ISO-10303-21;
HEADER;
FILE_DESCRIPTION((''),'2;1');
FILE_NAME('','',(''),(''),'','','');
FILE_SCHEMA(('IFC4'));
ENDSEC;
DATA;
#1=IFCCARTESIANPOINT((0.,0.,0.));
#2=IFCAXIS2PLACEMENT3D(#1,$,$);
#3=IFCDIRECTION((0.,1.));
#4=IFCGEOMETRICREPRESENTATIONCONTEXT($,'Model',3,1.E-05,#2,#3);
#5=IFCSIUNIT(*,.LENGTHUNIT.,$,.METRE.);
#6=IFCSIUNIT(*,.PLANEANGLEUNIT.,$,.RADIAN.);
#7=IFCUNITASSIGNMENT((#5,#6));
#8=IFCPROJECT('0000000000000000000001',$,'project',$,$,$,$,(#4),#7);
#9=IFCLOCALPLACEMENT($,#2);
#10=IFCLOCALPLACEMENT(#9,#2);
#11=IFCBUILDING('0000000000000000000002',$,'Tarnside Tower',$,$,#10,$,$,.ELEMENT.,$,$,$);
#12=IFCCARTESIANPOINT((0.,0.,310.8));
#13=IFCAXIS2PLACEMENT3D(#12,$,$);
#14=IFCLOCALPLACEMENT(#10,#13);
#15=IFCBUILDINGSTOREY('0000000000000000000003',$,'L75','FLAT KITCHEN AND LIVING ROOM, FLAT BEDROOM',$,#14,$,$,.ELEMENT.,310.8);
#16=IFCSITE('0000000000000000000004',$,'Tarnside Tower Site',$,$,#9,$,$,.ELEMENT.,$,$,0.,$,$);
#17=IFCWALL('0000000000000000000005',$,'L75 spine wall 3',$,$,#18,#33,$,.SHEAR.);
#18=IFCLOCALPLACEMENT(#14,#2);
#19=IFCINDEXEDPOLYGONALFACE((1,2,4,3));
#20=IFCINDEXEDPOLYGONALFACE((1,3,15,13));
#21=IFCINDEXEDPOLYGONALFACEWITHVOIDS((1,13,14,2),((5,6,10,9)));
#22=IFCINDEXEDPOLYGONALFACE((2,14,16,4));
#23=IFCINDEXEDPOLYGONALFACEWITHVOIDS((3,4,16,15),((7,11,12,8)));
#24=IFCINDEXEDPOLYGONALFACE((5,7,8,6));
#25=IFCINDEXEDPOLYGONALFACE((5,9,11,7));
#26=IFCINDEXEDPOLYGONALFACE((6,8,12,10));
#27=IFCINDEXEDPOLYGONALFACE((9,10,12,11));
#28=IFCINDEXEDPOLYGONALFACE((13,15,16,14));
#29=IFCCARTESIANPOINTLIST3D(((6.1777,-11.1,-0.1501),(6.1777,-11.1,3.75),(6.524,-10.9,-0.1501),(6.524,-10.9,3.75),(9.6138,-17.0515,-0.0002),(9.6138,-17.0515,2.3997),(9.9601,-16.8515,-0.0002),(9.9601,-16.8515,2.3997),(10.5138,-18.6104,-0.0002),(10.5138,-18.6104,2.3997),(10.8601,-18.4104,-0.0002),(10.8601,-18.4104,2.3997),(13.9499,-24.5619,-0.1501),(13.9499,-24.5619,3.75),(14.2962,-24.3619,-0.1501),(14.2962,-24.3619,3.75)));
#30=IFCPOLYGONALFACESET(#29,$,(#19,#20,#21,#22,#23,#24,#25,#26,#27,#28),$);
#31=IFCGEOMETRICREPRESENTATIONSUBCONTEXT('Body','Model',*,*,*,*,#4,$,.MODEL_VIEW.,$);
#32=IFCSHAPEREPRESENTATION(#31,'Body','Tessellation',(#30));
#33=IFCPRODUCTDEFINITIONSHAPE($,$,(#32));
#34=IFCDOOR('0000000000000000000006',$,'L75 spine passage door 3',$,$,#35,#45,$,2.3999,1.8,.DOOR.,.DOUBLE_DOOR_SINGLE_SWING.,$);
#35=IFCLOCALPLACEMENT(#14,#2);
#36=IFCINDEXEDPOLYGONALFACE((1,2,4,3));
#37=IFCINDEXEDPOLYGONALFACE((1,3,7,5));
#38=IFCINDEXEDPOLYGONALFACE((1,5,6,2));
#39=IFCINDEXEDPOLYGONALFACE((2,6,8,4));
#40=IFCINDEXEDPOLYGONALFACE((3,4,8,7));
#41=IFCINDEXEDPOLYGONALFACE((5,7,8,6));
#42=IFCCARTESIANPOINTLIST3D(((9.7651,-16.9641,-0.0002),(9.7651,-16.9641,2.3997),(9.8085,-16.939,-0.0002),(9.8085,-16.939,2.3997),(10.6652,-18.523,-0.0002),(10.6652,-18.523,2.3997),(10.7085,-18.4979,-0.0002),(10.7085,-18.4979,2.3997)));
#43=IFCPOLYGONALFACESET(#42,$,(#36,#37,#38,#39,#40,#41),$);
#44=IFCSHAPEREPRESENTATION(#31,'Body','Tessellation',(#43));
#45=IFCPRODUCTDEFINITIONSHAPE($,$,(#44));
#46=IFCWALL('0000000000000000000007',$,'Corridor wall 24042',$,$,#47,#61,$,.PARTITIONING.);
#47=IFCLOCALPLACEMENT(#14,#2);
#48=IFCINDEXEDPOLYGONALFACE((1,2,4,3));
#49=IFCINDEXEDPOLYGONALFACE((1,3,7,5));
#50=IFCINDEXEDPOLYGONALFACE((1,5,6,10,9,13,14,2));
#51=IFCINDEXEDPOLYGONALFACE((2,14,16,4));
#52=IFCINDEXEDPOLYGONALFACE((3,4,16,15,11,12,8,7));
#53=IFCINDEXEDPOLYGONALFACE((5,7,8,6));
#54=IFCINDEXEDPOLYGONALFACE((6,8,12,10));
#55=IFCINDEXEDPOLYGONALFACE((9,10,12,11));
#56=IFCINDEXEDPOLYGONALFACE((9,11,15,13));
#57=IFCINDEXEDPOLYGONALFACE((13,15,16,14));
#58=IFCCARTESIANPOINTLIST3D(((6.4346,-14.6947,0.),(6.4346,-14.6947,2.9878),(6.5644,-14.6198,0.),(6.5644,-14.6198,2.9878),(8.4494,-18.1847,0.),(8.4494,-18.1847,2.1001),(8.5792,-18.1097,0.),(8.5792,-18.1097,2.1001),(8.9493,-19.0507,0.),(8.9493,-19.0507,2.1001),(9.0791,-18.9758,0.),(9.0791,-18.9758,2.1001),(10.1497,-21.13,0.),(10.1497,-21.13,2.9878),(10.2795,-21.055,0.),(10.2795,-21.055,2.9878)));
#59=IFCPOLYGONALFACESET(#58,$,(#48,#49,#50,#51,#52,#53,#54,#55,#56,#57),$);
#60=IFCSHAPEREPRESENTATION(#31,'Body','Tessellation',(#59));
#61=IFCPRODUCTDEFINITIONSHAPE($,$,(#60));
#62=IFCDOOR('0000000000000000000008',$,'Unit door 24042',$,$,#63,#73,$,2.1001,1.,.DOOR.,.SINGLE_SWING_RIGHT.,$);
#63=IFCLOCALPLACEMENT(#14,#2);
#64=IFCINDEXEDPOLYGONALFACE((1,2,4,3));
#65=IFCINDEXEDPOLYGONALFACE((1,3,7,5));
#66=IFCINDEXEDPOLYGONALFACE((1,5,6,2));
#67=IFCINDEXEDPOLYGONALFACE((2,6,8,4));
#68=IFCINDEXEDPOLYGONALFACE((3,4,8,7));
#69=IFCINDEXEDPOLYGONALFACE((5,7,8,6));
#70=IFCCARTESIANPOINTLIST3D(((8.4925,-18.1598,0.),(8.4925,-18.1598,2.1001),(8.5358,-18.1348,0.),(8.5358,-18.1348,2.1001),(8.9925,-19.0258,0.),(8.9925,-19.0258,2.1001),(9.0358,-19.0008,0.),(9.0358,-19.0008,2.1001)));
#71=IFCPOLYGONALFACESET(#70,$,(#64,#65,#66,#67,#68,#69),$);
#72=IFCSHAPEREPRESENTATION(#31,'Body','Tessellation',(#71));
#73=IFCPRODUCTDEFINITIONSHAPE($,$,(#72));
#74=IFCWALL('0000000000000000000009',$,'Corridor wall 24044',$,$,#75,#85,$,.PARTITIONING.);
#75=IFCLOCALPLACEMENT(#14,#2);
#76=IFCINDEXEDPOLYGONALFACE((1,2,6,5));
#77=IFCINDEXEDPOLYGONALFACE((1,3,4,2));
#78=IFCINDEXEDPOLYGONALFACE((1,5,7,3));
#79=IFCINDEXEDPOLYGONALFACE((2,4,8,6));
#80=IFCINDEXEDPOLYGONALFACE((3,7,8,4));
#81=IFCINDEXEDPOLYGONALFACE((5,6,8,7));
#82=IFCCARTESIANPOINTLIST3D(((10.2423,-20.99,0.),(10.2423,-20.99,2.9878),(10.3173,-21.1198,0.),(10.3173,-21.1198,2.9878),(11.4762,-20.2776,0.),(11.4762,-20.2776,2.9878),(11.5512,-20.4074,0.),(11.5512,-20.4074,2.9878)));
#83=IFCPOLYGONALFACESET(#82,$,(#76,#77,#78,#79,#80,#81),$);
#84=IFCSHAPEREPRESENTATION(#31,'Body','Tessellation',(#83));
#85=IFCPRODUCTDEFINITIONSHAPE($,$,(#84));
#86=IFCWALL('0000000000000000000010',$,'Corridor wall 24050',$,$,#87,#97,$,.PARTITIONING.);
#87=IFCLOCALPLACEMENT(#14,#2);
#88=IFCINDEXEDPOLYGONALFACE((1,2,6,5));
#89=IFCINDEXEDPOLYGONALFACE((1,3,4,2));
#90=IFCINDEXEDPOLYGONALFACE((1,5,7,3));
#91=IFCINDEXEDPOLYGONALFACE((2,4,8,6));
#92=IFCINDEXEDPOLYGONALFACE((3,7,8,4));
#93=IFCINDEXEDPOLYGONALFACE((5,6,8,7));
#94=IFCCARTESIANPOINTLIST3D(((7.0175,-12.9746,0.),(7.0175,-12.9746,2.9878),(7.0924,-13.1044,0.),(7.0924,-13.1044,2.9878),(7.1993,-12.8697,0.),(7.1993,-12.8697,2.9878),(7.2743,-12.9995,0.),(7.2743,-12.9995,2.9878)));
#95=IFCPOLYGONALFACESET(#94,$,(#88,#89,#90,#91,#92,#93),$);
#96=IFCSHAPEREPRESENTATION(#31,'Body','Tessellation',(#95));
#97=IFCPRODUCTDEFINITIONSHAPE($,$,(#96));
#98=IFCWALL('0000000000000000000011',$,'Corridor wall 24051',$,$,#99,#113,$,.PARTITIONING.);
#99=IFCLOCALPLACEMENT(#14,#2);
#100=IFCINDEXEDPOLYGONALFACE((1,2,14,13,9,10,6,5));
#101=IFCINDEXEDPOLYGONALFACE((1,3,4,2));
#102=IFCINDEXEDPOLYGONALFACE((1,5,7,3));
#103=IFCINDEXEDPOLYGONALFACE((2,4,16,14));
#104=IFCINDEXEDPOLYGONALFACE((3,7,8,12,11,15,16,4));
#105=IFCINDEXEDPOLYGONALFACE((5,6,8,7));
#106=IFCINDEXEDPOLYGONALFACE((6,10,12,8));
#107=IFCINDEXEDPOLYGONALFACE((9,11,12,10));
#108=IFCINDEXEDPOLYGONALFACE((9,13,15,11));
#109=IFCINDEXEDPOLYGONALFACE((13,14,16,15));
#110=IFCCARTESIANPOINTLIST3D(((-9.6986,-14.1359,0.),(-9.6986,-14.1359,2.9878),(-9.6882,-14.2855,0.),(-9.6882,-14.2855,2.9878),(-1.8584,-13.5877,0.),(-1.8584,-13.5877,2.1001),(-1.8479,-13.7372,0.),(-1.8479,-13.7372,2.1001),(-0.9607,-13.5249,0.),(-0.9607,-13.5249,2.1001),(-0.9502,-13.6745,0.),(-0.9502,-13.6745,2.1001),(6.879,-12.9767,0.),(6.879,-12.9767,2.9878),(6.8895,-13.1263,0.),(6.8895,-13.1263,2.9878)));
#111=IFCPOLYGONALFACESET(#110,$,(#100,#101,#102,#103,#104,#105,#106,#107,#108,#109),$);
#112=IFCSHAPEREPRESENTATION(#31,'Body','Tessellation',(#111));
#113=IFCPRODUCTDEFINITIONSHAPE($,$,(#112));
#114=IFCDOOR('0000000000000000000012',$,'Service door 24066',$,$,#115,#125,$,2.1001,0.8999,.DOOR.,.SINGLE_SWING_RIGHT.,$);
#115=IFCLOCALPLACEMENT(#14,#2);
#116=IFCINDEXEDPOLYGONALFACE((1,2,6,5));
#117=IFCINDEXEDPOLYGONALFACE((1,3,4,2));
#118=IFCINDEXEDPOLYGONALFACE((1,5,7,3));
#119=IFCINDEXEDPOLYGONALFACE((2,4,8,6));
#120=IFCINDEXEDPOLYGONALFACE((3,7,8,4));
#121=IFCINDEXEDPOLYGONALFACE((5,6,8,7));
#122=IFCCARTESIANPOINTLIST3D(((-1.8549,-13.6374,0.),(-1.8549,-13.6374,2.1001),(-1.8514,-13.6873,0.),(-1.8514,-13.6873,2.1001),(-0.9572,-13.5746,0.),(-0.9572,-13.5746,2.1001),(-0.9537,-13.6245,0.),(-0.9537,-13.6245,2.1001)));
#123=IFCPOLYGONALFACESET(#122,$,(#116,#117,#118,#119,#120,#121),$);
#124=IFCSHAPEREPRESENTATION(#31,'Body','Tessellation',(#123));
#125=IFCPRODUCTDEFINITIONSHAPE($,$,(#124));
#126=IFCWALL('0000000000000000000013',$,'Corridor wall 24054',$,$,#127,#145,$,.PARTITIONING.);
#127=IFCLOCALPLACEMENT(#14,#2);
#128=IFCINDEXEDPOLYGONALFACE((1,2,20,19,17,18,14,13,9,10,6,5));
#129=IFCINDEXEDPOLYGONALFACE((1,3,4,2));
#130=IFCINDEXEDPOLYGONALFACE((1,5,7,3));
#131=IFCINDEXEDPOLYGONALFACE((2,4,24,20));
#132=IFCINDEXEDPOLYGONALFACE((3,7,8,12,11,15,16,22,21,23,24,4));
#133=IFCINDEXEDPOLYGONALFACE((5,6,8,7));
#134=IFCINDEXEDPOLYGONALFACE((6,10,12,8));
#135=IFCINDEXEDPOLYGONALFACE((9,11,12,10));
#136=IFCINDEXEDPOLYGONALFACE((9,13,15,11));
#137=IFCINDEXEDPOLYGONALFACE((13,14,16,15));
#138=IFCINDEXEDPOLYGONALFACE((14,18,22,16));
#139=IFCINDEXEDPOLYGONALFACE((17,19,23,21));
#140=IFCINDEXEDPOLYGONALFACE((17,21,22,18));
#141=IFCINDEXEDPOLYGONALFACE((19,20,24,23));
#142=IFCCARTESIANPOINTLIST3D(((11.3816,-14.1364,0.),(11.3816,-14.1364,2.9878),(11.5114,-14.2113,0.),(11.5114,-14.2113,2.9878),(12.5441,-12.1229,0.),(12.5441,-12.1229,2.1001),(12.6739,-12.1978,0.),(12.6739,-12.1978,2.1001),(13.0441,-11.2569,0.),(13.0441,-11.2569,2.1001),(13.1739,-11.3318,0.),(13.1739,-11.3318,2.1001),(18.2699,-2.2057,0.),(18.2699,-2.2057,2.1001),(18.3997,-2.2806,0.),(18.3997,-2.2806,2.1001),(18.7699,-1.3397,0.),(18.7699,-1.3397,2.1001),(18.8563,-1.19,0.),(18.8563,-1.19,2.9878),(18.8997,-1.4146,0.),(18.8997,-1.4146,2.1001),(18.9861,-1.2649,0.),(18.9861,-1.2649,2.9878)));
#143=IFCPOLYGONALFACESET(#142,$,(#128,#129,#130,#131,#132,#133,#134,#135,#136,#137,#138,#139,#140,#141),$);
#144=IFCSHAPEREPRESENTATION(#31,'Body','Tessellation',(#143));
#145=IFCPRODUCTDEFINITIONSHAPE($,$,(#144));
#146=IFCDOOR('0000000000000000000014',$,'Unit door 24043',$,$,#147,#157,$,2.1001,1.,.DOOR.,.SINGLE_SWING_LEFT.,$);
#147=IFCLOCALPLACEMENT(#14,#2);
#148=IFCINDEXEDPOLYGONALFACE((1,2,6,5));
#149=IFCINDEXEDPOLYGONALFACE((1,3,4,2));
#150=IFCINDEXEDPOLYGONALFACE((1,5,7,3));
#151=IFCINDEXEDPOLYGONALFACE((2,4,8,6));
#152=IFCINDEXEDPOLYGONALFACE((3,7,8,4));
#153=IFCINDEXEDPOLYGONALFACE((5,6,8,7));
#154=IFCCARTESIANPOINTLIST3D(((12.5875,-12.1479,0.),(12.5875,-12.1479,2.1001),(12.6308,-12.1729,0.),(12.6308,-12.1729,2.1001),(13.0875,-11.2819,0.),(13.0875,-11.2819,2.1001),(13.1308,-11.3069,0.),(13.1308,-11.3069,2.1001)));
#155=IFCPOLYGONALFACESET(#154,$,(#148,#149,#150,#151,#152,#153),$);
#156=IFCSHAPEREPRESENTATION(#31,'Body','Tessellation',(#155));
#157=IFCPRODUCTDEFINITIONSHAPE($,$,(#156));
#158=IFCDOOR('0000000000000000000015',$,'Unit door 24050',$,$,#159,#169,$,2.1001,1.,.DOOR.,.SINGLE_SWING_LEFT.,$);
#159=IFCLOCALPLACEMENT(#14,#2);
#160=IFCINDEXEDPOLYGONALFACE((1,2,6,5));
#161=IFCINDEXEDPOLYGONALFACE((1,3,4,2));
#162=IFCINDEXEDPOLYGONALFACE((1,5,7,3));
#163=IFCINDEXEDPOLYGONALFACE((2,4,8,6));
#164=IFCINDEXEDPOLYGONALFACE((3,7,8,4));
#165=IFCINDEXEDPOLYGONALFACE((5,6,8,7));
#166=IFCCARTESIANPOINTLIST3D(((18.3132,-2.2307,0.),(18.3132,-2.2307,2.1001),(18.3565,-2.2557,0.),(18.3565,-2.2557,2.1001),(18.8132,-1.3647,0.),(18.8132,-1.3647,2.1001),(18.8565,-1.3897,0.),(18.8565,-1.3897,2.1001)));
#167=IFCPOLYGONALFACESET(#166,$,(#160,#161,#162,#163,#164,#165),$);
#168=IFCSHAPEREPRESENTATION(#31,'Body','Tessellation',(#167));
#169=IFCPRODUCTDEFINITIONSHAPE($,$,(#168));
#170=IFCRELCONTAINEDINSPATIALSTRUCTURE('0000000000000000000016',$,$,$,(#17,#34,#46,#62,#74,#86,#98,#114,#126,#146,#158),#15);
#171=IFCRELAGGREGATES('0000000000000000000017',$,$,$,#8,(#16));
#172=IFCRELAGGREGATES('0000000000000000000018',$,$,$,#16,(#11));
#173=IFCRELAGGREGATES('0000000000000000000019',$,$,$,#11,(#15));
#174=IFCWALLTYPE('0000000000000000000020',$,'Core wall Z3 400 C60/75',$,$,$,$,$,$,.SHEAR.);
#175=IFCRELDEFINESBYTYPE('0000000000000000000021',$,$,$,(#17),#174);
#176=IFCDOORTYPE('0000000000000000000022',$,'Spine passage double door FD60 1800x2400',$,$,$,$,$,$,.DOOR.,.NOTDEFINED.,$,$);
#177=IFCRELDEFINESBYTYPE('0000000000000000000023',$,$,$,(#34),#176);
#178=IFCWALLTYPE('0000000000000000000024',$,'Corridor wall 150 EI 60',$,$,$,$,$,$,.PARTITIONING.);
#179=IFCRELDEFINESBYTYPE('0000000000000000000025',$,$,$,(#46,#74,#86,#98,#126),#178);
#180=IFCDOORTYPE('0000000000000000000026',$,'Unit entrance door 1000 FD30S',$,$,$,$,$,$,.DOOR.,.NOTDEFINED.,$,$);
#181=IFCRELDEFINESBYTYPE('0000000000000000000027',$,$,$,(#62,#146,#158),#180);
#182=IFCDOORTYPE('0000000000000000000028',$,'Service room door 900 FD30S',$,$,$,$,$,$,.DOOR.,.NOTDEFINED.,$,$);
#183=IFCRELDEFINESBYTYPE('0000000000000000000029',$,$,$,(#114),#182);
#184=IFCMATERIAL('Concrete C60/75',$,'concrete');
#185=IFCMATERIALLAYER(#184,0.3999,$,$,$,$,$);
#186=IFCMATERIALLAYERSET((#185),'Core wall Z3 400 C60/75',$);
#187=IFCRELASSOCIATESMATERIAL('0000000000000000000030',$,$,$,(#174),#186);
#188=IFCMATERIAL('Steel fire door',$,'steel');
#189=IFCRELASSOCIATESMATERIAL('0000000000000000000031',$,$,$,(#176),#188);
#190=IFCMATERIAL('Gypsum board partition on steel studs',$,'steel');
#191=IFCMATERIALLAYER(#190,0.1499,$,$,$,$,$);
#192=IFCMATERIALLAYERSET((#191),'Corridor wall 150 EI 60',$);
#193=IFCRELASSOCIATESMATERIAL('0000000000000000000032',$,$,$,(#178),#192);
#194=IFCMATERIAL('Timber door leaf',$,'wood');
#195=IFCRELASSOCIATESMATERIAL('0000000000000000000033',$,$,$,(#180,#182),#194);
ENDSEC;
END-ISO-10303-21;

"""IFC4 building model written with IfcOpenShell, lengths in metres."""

from ifc_helpers import new_model, si_unit, direction, frame, frame_2d, origin, place, context, subcontext, project, spatial, rectangle, extrude, material, layer, layer_set, type_object, element, fill, save


model = new_model("IFC4")

# Units and contexts
model_context = context("Model", 3, precision=1e-05, world=origin(), true_north=direction((0.0, 1.0)))
body_context = subcontext(model_context, "Body", "Model", "MODEL_VIEW")
ifc_project = project(units=[si_unit("LENGTHUNIT", "METRE"), si_unit("PLANEANGLEUNIT", "RADIAN")], contexts=[model_context])

# Site, building, storey
site_placement = place(None, origin())
site = spatial("IfcSite", under=ifc_project, at=site_placement, Name="Tarnside Tower Site", CompositionType="ELEMENT", RefElevation=0.0)
building_placement = place(site_placement, origin())
building = spatial("IfcBuilding", under=site, at=building_placement, Name="Tarnside Tower", CompositionType="ELEMENT")
storey_placement = place(building_placement, frame((0.0, 0.0, 310.8)))
storey = spatial("IfcBuildingStorey", under=building, at=storey_placement, Name="L75", Description="FLAT KITCHEN AND LIVING ROOM, FLAT BEDROOM", CompositionType="ELEMENT", Elevation=310.8)

# Walls, openings, doors
ifc_material_1 = material(Name="Concrete C60/75", Category="concrete")
ifc_layer_1 = layer(ifc_material_1, 0.3999)
ifc_layer_set_1 = layer_set([ifc_layer_1], Name="Core wall Z3 400 C60/75")
wall_type_1 = type_object("IfcWallType", Name="Core wall Z3 400 C60/75", PredefinedType="SHEAR", material=ifc_layer_set_1)
wall_1_placement = place(storey_placement, frame((6.3508, -11.0, -0.1501), z_axis=(0.0, 0.0, 1.0), x_axis=(0.499999, -0.866026, 0.0)))
wall_1 = element("IfcWall", 1, at=wall_1_placement, inside=storey, type_object=wall_type_1, Name="L75 spine wall 3", PredefinedType="SHEAR", context=body_context, shape_type="SweptSolid", body=[
    extrude(rectangle(XDim=15.5444, YDim=0.3999, at=frame_2d((7.7722, 0.0))), origin(), (0.0, 0.0, 1.0), 3.9001),
])
opening_1_placement = place(wall_1_placement, frame((6.8723, 0.0, 0.1499)))
opening_1 = element("IfcOpeningElement", 2, at=opening_1_placement, cuts=wall_1, PredefinedType="OPENING", context=body_context, shape_type="SweptSolid", body=[
    extrude(rectangle(XDim=1.8, YDim=2.3999, at=frame_2d((0.8999, 1.2))), frame((0.0, 0.21, 0.0), z_axis=(0.0, -1.0, 0.0), x_axis=(1.0, 0.0, 0.0)), (0.0, 0.0, 1.0), 0.4199),
])
ifc_material_2 = material(Name="Steel fire door", Category="steel")
door_type_1 = type_object("IfcDoorType", Name="Spine passage double door FD60 1800x2400", OperationType="NOTDEFINED", PredefinedType="DOOR", material=ifc_material_2)
door_1_placement = place(opening_1_placement, origin())
door_1 = element("IfcDoor", 3, at=door_1_placement, inside=storey, type_object=door_type_1, Name="L75 spine passage door 3", OperationType="DOUBLE_DOOR_SINGLE_SWING", OverallHeight=2.3999, OverallWidth=1.8, PredefinedType="DOOR", context=body_context, shape_type="SweptSolid", body=[
    extrude(rectangle(XDim=1.8, YDim=2.3999, at=frame_2d((0.8999, 1.2))), frame((0.0, 0.0249, 0.0), z_axis=(0.0, -1.0, 0.0), x_axis=(1.0, 0.0, 0.0)), (0.0, 0.0, 1.0), 0.05),
])
fill(opening_1, door_1)
ifc_material_3 = material(Name="Gypsum board partition on steel studs", Category="steel")
ifc_layer_2 = layer(ifc_material_3, 0.1499)
ifc_layer_set_2 = layer_set([ifc_layer_2], Name="Corridor wall 150 EI 60")
wall_type_2 = type_object("IfcWallType", Name="Corridor wall 150 EI 60", PredefinedType="PARTITIONING", material=ifc_layer_set_2)
wall_2_placement = place(storey_placement, frame((6.4995, -14.6572, 0.0), z_axis=(0.0, 0.0, 1.0), x_axis=(0.499966, -0.866045, 0.0)))
wall_2 = element("IfcWall", 4, at=wall_2_placement, inside=storey, type_object=wall_type_2, Name="Corridor wall 24042", PredefinedType="PARTITIONING", context=body_context, shape_type="SweptSolid", body=[
    extrude(rectangle(XDim=7.4307, YDim=0.1499, at=frame_2d((3.7153, 0.0))), origin(), (0.0, 0.0, 1.0), 2.9878),
])
opening_2_placement = place(wall_2_placement, frame((4.0298, 0.0, 0.0)))
opening_2 = element("IfcOpeningElement", 5, at=opening_2_placement, cuts=wall_2, PredefinedType="OPENING", context=body_context, shape_type="SweptSolid", body=[
    extrude(rectangle(XDim=1.0, YDim=2.1001, at=frame_2d((0.5, 1.05))), frame((0.0, 0.085, 0.0), z_axis=(0.0, -1.0, 0.0), x_axis=(1.0, 0.0, 0.0)), (0.0, 0.0, 1.0), 0.1699),
])
ifc_material_4 = material(Name="Timber door leaf", Category="wood")
door_type_2 = type_object("IfcDoorType", Name="Unit entrance door 1000 FD30S", OperationType="NOTDEFINED", PredefinedType="DOOR", material=ifc_material_4)
door_2_placement = place(opening_2_placement, origin())
door_2 = element("IfcDoor", 6, at=door_2_placement, inside=storey, type_object=door_type_2, Name="Unit door 24042", OperationType="SINGLE_SWING_RIGHT", OverallHeight=2.1001, OverallWidth=1.0, PredefinedType="DOOR", context=body_context, shape_type="SweptSolid", body=[
    extrude(rectangle(XDim=1.0, YDim=2.1001, at=frame_2d((0.5, 1.05))), frame((0.0, 0.0249, 0.0), z_axis=(0.0, -1.0, 0.0), x_axis=(1.0, 0.0, 0.0)), (0.0, 0.0, 1.0), 0.05),
])
fill(opening_2, door_2)

# Walls
wall_3_placement = place(storey_placement, frame((10.2798, -21.0549, 0.0), z_axis=(0.0, 0.0, 1.0), x_axis=(0.86602, 0.500009, 0.0)))
element("IfcWall", 7, at=wall_3_placement, inside=storey, type_object=wall_type_2, Name="Corridor wall 24044", PredefinedType="PARTITIONING", context=body_context, shape_type="SweptSolid", body=[
    extrude(rectangle(XDim=1.4248, YDim=0.1499, at=frame_2d((0.7124, 0.0))), origin(), (0.0, 0.0, 1.0), 2.9878),
])
wall_4_placement = place(storey_placement, frame((7.2368, -12.9346, 0.0), z_axis=(0.0, 0.0, 1.0), x_axis=(-0.866089, -0.49989, 0.0)))
element("IfcWall", 8, at=wall_4_placement, inside=storey, type_object=wall_type_2, Name="Corridor wall 24050", PredefinedType="PARTITIONING", context=body_context, shape_type="SweptSolid", body=[
    extrude(rectangle(XDim=0.21, YDim=0.1499, at=frame_2d((0.105, 0.0))), origin(), (0.0, 0.0, 1.0), 2.9878),
])

# Wall, opening, door
wall_5_placement = place(storey_placement, frame((6.8843, -13.0515, 0.0), z_axis=(0.0, 0.0, 1.0), x_axis=(-0.997564, -0.069754, 0.0)))
wall_5 = element("IfcWall", 9, at=wall_5_placement, inside=storey, type_object=wall_type_2, Name="Corridor wall 24051", PredefinedType="PARTITIONING", context=body_context, shape_type="SweptSolid", body=[
    extrude(rectangle(XDim=16.6182, YDim=0.1499, at=frame_2d((8.3091, 0.0))), origin(), (0.0, 0.0, 1.0), 2.9878),
])
opening_3_placement = place(wall_5_placement, frame((7.8589, 0.0, 0.0)))
opening_3 = element("IfcOpeningElement", 10, at=opening_3_placement, cuts=wall_5, PredefinedType="OPENING", context=body_context, shape_type="SweptSolid", body=[
    extrude(rectangle(XDim=0.8999, YDim=2.1001, at=frame_2d((0.45, 1.05))), frame((0.0, 0.085, 0.0), z_axis=(0.0, -1.0, 0.0), x_axis=(1.0, 0.0, 0.0)), (0.0, 0.0, 1.0), 0.1699),
])
door_type_3 = type_object("IfcDoorType", Name="Service room door 900 FD30S", OperationType="NOTDEFINED", PredefinedType="DOOR", material=ifc_material_4)
door_3_placement = place(opening_3_placement, origin())
door_3 = element("IfcDoor", 11, at=door_3_placement, inside=storey, type_object=door_type_3, Name="Service door 24066", OperationType="SINGLE_SWING_RIGHT", OverallHeight=2.1001, OverallWidth=0.8999, PredefinedType="DOOR", context=body_context, shape_type="SweptSolid", body=[
    extrude(rectangle(XDim=0.8999, YDim=2.1001, at=frame_2d((0.45, 1.05))), frame((0.0, 0.0249, 0.0), z_axis=(0.0, -1.0, 0.0), x_axis=(1.0, 0.0, 0.0)), (0.0, 0.0, 1.0), 0.05),
])
fill(opening_3, door_3)

# Wall, openings, doors
wall_6_placement = place(storey_placement, frame((11.4465, -14.1738, 0.0), z_axis=(0.0, 0.0, 1.0), x_axis=(0.500003, 0.866023, 0.0)))
wall_6 = element("IfcWall", 12, at=wall_6_placement, inside=storey, type_object=wall_type_2, Name="Corridor wall 24054", PredefinedType="PARTITIONING", context=body_context, shape_type="SweptSolid", body=[
    extrude(rectangle(XDim=14.9492, YDim=0.1499, at=frame_2d((7.4746, 0.0))), origin(), (0.0, 0.0, 1.0), 2.9878),
])
opening_4_placement = place(wall_6_placement, frame((2.325, 0.0, 0.0)))
opening_4 = element("IfcOpeningElement", 13, at=opening_4_placement, cuts=wall_6, PredefinedType="OPENING", context=body_context, shape_type="SweptSolid", body=[
    extrude(rectangle(XDim=1.0, YDim=2.1001, at=frame_2d((0.5, 1.05))), frame((0.0, 0.085, 0.0), z_axis=(0.0, -1.0, 0.0), x_axis=(1.0, 0.0, 0.0)), (0.0, 0.0, 1.0), 0.1699),
])
opening_5_placement = place(wall_6_placement, frame((13.7764, 0.0, 0.0)))
opening_5 = element("IfcOpeningElement", 14, at=opening_5_placement, cuts=wall_6, PredefinedType="OPENING", context=body_context, shape_type="SweptSolid", body=[
    extrude(rectangle(XDim=1.0, YDim=2.1001, at=frame_2d((0.5, 1.05))), frame((0.0, 0.085, 0.0), z_axis=(0.0, -1.0, 0.0), x_axis=(1.0, 0.0, 0.0)), (0.0, 0.0, 1.0), 0.1699),
])
door_4_placement = place(opening_4_placement, origin())
door_4 = element("IfcDoor", 15, at=door_4_placement, inside=storey, type_object=door_type_2, Name="Unit door 24043", OperationType="SINGLE_SWING_LEFT", OverallHeight=2.1001, OverallWidth=1.0, PredefinedType="DOOR", context=body_context, shape_type="SweptSolid", body=[
    extrude(rectangle(XDim=1.0, YDim=2.1001, at=frame_2d((0.5, 1.05))), frame((0.0, 0.0249, 0.0), z_axis=(0.0, -1.0, 0.0), x_axis=(1.0, 0.0, 0.0)), (0.0, 0.0, 1.0), 0.05),
])
fill(opening_4, door_4)
door_5_placement = place(opening_5_placement, origin())
door_5 = element("IfcDoor", 16, at=door_5_placement, inside=storey, type_object=door_type_2, Name="Unit door 24050", OperationType="SINGLE_SWING_LEFT", OverallHeight=2.1001, OverallWidth=1.0, PredefinedType="DOOR", context=body_context, shape_type="SweptSolid", body=[
    extrude(rectangle(XDim=1.0, YDim=2.1001, at=frame_2d((0.5, 1.05))), frame((0.0, 0.0249, 0.0), z_axis=(0.0, -1.0, 0.0), x_axis=(1.0, 0.0, 0.0)), (0.0, 0.0, 1.0), 0.05),
])
fill(opening_5, door_5)

save(model, "model.ifc")
